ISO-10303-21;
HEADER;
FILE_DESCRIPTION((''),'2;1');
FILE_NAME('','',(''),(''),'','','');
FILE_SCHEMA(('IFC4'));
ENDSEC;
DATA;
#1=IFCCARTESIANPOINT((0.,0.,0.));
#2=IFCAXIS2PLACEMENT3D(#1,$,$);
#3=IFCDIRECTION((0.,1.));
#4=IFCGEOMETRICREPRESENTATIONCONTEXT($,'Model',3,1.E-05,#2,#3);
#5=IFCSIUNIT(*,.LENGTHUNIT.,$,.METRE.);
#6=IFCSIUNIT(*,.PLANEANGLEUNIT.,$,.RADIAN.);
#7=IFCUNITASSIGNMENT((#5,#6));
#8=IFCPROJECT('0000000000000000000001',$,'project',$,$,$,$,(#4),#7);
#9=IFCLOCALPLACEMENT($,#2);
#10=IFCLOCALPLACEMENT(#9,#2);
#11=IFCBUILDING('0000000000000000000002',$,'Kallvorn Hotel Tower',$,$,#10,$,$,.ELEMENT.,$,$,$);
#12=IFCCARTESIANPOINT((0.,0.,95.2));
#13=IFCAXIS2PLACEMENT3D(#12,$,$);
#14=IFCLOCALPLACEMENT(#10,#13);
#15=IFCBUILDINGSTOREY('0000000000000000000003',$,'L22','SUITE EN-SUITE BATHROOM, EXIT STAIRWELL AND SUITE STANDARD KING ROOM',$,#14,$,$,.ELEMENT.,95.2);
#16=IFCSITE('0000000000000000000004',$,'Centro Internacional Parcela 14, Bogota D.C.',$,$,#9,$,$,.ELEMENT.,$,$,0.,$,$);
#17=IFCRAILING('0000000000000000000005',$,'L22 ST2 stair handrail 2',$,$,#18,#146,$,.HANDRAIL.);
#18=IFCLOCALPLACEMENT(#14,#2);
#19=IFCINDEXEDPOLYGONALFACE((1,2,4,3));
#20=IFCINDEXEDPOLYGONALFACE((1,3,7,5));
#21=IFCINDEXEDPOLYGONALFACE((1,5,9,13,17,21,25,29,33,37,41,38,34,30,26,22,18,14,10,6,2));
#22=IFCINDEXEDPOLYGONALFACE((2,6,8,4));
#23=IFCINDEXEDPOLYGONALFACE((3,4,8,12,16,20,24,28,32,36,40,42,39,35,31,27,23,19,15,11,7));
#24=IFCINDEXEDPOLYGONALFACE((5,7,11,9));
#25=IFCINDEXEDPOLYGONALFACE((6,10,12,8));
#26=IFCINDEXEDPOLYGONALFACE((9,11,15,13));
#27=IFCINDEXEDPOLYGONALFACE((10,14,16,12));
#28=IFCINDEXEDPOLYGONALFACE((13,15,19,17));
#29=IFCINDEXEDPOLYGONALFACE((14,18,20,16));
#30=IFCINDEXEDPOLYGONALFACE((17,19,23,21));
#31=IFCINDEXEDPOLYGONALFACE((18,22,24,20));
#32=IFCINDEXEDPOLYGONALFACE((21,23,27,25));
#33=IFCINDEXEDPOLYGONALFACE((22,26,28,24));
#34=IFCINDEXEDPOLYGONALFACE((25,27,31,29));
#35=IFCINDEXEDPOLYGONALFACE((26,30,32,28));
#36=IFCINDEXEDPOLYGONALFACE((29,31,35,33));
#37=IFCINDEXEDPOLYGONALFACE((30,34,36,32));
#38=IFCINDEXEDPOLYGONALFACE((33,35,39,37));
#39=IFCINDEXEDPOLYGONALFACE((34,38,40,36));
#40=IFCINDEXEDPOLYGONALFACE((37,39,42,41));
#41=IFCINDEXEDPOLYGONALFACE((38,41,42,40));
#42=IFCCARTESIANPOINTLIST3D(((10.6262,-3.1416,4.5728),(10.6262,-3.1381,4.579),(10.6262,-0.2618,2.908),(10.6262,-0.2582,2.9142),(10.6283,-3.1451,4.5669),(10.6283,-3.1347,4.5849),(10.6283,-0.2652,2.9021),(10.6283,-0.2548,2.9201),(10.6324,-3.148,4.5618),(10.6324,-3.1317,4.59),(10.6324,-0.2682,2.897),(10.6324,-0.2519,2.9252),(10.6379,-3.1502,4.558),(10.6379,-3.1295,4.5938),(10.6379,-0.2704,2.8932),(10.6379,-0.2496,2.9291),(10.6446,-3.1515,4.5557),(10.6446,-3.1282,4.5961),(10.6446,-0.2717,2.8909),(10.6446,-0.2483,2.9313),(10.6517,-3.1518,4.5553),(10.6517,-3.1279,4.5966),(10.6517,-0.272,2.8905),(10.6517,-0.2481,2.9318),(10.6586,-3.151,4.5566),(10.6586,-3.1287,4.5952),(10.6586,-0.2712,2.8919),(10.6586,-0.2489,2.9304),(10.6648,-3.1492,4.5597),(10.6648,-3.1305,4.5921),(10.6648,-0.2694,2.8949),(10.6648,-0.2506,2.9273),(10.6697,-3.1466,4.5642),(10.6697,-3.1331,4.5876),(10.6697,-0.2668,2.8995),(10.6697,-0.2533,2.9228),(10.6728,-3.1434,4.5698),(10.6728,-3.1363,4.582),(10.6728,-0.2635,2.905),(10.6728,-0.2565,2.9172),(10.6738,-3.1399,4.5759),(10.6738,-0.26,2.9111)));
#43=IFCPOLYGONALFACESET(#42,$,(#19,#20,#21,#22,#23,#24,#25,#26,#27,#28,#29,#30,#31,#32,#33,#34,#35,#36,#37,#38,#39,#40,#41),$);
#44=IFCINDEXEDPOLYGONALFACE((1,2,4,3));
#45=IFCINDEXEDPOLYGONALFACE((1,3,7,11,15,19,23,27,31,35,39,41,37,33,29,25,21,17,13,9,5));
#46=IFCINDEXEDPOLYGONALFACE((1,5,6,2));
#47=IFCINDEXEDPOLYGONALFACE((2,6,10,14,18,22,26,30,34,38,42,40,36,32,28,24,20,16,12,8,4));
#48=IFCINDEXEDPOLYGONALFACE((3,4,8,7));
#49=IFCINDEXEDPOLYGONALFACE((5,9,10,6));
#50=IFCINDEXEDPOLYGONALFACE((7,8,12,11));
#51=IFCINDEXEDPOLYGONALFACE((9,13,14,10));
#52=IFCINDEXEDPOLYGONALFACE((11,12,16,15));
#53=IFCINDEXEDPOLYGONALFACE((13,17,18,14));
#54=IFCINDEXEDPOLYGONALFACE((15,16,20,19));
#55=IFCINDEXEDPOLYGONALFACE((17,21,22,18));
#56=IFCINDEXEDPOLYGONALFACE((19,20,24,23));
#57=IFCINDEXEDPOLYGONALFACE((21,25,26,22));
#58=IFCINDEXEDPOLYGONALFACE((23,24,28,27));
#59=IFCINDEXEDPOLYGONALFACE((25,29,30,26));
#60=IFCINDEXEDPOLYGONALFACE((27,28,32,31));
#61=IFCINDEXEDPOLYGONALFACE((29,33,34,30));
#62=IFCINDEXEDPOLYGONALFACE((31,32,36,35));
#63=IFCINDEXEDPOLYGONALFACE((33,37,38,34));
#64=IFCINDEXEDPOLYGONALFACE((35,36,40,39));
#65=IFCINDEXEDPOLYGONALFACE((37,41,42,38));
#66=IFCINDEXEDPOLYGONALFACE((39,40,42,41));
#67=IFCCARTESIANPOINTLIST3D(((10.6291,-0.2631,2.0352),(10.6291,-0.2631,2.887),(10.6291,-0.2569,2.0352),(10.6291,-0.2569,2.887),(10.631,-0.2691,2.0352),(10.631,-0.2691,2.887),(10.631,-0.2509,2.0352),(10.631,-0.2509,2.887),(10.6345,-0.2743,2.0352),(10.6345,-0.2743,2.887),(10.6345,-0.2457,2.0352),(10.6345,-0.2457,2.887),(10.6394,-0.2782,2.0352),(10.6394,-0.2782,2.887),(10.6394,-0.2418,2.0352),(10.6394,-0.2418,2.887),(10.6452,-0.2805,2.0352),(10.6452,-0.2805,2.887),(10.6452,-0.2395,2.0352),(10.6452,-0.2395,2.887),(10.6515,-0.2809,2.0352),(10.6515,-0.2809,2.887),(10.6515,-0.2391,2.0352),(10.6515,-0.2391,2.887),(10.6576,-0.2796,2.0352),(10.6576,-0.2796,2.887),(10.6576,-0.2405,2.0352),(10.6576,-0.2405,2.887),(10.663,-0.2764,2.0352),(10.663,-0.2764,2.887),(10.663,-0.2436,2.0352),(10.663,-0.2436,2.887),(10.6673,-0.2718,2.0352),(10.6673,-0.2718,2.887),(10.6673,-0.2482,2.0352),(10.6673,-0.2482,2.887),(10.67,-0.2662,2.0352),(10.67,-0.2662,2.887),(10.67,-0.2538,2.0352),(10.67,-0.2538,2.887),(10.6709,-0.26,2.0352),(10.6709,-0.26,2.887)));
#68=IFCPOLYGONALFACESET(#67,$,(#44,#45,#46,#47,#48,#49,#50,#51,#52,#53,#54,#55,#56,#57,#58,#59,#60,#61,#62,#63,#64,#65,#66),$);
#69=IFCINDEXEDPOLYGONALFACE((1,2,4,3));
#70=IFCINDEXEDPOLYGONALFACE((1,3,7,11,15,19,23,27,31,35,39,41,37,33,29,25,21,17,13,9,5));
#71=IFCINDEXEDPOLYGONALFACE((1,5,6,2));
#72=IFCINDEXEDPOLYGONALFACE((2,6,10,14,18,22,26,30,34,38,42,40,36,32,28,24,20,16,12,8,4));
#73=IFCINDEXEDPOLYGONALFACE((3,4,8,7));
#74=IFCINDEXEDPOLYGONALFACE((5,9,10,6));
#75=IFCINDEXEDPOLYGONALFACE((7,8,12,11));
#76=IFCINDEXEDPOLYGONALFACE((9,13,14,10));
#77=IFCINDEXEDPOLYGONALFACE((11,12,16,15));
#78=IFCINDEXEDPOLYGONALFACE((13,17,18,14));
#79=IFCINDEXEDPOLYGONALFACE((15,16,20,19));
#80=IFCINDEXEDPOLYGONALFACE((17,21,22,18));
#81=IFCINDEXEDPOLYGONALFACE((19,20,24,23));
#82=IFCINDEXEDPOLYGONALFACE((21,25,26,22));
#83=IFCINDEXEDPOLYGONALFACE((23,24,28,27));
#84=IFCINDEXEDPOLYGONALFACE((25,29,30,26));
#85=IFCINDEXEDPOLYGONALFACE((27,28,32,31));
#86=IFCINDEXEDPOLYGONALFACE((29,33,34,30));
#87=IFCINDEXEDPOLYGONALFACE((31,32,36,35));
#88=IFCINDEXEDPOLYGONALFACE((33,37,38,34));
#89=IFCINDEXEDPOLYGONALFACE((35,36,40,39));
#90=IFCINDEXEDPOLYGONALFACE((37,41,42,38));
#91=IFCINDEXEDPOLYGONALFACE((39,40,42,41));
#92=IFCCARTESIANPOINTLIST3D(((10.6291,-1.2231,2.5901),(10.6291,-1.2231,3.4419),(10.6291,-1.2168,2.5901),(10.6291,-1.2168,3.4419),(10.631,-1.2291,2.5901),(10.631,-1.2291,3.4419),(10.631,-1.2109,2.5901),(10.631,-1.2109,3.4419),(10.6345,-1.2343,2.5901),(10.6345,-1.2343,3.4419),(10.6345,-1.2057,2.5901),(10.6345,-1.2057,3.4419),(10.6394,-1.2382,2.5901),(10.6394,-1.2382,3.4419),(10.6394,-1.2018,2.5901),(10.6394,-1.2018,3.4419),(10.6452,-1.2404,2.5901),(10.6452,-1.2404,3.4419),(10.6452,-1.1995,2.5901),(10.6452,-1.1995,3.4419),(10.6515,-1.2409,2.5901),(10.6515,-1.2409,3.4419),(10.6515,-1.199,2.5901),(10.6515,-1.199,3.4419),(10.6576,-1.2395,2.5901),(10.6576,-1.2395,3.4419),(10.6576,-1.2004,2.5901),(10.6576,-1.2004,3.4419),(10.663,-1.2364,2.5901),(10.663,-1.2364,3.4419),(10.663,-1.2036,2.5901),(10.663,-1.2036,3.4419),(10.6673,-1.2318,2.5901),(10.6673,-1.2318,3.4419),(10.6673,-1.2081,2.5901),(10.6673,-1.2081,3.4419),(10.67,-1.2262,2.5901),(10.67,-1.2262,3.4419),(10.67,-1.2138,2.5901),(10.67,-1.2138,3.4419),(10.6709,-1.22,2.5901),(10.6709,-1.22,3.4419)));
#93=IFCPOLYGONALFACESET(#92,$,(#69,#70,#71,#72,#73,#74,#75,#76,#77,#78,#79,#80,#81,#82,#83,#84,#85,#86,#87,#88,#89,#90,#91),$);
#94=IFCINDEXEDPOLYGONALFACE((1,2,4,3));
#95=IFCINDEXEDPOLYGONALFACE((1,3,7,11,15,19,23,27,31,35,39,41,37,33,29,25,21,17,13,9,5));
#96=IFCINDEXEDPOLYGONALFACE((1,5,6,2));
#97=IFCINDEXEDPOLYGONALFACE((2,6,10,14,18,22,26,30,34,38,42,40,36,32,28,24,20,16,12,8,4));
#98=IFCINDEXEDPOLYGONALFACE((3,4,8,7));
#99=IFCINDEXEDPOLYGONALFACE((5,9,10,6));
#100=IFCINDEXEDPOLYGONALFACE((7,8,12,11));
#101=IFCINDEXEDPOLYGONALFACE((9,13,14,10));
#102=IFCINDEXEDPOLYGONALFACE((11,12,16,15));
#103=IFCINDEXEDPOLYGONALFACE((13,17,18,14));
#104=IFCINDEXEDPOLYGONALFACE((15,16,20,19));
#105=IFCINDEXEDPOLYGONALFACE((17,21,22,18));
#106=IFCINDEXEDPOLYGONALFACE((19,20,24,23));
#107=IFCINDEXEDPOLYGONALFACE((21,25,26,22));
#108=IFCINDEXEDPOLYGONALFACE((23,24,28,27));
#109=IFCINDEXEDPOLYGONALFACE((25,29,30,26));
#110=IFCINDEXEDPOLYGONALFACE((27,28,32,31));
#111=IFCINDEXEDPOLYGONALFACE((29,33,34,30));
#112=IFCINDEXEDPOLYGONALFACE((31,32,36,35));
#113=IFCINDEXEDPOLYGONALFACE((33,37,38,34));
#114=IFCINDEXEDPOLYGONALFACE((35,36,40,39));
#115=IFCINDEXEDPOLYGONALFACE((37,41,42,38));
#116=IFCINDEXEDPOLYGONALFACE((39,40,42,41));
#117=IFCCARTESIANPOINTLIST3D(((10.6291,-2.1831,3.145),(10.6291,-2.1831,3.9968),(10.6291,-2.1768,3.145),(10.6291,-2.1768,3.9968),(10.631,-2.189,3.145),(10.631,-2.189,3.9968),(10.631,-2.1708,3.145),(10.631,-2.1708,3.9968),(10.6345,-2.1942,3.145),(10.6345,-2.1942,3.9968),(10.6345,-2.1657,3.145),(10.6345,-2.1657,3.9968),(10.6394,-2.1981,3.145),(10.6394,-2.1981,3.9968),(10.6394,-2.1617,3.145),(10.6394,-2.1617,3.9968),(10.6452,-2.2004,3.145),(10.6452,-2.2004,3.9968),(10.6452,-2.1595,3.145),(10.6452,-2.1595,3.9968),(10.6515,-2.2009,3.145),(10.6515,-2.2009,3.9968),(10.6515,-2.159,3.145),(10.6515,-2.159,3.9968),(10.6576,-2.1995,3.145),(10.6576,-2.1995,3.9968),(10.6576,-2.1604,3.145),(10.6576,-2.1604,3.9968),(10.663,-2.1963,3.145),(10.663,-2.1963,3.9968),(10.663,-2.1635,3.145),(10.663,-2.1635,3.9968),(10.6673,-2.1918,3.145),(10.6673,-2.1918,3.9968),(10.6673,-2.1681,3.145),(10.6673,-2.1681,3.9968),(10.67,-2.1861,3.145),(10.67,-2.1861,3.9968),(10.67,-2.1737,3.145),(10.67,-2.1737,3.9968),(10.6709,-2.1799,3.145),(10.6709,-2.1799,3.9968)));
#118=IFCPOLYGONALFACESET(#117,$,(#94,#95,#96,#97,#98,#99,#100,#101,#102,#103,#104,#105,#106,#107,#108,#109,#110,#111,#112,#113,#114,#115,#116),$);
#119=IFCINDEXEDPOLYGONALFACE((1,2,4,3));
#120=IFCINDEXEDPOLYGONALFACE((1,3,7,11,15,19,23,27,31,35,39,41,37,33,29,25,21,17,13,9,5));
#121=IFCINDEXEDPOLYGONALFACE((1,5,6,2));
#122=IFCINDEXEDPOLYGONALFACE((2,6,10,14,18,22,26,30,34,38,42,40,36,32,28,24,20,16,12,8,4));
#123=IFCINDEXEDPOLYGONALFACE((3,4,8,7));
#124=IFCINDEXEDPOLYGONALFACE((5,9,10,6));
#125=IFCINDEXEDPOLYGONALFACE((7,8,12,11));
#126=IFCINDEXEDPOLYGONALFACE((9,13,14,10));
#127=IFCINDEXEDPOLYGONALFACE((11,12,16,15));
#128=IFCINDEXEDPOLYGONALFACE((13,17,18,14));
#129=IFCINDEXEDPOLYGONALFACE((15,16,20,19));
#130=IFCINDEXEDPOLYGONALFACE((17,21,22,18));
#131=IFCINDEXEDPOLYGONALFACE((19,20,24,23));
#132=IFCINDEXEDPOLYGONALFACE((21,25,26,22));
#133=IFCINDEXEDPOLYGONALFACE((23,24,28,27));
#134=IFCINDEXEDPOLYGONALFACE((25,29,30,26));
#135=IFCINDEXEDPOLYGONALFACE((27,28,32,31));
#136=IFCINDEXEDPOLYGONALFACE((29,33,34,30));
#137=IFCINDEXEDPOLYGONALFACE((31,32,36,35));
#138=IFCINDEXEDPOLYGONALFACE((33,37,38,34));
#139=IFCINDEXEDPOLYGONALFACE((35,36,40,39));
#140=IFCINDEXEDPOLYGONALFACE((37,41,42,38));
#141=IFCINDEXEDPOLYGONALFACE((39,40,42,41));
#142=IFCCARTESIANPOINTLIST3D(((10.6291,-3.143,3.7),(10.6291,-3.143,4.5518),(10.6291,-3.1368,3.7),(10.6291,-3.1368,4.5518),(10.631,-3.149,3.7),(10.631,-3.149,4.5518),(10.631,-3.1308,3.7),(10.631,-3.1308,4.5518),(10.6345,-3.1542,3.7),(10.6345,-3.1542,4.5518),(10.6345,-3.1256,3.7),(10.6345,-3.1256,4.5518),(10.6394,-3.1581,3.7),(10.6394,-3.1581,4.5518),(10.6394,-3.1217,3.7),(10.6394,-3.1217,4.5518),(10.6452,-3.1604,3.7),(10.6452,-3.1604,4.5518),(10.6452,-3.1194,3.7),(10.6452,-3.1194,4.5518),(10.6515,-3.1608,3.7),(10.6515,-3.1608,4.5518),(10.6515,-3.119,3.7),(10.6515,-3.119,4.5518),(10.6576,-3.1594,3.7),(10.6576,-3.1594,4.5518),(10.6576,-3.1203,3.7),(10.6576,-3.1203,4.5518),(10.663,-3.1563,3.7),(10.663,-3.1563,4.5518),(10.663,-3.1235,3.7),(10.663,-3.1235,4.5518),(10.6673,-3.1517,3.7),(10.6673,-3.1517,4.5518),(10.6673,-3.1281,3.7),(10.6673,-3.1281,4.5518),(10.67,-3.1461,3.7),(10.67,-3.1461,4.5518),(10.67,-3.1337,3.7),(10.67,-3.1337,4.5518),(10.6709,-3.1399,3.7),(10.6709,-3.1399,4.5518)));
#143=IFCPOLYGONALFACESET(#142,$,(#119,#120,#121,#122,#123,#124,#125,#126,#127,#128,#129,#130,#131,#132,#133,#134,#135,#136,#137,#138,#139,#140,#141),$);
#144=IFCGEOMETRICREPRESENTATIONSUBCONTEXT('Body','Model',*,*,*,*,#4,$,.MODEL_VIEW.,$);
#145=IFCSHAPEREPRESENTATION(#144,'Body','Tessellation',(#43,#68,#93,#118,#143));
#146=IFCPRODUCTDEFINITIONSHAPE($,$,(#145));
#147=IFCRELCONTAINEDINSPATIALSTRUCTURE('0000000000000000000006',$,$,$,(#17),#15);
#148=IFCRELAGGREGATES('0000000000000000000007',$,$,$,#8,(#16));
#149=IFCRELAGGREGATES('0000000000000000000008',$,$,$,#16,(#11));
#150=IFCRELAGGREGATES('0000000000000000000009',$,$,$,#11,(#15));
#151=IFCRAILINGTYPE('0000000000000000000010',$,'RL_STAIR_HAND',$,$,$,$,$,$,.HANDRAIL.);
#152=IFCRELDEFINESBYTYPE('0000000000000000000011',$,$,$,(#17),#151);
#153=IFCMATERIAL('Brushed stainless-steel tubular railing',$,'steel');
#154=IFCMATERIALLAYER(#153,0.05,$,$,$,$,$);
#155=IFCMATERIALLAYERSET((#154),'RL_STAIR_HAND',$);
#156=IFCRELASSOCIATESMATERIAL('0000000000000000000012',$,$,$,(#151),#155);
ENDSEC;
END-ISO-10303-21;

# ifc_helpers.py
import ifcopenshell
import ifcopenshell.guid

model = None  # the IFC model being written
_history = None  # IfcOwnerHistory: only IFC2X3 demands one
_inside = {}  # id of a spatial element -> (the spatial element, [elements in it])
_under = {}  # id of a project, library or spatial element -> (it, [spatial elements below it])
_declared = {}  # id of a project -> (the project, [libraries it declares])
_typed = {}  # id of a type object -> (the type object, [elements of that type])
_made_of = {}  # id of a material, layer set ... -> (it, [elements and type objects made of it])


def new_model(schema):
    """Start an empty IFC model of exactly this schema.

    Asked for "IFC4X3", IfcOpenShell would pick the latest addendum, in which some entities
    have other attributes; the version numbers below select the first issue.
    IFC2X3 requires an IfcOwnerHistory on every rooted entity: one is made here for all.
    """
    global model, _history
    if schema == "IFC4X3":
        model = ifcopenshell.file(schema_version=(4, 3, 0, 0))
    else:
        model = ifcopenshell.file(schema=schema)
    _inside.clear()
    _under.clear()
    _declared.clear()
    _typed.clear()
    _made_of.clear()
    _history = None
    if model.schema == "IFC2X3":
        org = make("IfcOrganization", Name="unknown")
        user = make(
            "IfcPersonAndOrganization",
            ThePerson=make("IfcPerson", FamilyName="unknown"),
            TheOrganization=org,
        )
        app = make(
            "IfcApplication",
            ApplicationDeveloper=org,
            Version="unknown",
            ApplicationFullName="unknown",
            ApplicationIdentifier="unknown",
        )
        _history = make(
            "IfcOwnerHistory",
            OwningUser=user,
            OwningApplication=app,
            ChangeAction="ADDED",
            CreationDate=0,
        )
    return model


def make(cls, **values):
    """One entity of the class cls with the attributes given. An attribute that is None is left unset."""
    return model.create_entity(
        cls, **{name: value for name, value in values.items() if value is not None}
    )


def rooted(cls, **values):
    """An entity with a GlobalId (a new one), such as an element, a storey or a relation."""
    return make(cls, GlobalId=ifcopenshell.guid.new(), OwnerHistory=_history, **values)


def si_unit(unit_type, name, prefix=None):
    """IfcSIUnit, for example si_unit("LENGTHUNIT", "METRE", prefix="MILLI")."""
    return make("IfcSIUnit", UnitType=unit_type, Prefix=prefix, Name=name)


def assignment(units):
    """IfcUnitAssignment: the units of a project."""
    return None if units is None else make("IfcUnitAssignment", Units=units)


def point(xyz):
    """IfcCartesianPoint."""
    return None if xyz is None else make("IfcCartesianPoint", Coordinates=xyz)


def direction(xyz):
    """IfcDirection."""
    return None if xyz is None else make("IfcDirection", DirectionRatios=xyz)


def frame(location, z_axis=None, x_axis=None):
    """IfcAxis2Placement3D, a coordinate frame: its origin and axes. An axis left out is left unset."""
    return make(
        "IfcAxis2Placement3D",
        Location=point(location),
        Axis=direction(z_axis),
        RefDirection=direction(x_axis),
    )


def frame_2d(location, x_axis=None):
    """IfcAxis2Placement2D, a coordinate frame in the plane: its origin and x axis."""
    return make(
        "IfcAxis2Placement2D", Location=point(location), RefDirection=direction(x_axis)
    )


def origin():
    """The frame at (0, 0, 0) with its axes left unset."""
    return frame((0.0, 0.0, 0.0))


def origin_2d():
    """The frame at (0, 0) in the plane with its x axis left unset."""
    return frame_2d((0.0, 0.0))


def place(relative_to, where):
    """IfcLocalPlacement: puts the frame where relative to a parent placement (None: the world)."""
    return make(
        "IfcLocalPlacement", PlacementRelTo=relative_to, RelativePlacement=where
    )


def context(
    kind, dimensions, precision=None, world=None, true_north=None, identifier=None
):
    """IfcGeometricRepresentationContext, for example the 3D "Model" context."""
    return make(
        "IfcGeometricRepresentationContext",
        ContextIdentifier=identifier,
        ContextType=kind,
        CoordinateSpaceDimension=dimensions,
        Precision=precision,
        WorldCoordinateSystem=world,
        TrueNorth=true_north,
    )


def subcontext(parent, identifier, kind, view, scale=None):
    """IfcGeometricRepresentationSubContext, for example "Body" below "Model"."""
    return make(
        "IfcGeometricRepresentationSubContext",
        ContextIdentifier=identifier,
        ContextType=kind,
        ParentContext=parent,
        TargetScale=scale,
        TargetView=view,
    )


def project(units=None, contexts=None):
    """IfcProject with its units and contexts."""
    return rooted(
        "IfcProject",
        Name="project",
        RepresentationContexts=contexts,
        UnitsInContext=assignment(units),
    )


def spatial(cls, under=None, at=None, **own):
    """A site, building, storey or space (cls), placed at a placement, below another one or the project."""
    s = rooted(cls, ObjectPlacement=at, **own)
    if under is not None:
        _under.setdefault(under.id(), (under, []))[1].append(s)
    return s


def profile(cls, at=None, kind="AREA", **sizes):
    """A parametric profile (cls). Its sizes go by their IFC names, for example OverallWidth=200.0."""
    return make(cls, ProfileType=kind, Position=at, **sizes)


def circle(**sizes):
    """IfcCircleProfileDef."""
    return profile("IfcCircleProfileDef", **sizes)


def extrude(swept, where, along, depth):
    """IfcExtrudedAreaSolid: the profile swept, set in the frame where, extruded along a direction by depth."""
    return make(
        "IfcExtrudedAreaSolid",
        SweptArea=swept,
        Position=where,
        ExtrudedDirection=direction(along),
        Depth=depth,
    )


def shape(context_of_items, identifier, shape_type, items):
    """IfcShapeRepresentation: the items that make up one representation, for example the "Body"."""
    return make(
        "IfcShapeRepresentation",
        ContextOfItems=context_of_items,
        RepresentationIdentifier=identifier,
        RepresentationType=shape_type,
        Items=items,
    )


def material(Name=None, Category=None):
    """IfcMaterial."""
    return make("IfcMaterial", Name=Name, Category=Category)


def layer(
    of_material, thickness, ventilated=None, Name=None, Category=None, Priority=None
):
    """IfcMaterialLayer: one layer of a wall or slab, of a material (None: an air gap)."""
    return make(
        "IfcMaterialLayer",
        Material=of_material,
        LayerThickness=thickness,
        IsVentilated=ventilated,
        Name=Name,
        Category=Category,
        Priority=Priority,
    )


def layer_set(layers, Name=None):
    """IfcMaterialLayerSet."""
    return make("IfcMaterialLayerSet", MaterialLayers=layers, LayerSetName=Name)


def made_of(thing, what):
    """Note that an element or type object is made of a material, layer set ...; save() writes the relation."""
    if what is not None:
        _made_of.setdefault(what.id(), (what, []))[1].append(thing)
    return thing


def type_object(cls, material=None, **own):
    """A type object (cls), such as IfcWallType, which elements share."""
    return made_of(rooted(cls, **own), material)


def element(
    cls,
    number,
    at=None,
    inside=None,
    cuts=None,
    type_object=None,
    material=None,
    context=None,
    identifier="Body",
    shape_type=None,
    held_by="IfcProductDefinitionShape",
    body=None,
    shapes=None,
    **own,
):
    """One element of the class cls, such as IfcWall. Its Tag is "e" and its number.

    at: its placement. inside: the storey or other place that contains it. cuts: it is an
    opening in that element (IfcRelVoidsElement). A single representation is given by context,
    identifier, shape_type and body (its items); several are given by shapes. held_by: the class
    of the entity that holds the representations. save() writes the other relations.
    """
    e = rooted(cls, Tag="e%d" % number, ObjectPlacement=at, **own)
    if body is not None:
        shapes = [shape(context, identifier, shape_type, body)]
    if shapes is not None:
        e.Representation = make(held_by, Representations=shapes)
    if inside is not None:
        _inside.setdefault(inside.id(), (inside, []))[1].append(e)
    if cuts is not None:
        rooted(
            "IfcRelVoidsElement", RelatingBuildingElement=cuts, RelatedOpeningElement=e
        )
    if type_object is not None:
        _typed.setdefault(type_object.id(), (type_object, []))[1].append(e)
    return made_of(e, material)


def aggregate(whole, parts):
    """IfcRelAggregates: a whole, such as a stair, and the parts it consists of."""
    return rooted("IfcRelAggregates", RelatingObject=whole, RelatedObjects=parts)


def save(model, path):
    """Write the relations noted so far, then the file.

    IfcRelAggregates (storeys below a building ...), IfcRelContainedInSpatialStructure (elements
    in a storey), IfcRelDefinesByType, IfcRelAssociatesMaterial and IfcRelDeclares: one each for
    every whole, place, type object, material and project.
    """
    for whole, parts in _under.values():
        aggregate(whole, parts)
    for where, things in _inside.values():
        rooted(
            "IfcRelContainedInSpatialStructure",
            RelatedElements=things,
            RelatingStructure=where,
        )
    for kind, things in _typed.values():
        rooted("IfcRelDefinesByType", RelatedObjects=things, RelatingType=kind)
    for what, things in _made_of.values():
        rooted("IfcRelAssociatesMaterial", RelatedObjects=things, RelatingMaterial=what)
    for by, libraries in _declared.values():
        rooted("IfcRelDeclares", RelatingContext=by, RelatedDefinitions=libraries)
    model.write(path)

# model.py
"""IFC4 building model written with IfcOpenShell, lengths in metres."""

from ifc_helpers import new_model, si_unit, direction, frame, origin, origin_2d, place, context, subcontext, project, spatial, circle, extrude, material, layer, layer_set, type_object, element, save


model = new_model("IFC4")

# Units and contexts
model_context = context("Model", 3, precision=1e-05, world=origin(), true_north=direction((0.0, 1.0)))
body_context = subcontext(model_context, "Body", "Model", "MODEL_VIEW")
ifc_project = project(units=[si_unit("LENGTHUNIT", "METRE"), si_unit("PLANEANGLEUNIT", "RADIAN")], contexts=[model_context])

# Site, building, storey
site_placement = place(None, origin())
site = spatial("IfcSite", under=ifc_project, at=site_placement, Name="Centro Internacional Parcela 14, Bogota D.C.", CompositionType="ELEMENT", RefElevation=0.0)
building_placement = place(site_placement, origin())
building = spatial("IfcBuilding", under=site, at=building_placement, Name="Kallvorn Hotel Tower", CompositionType="ELEMENT")
storey_placement = place(building_placement, frame((0.0, 0.0, 95.2)))
storey = spatial("IfcBuildingStorey", under=building, at=storey_placement, Name="L22", Description="SUITE EN-SUITE BATHROOM, EXIT STAIRWELL AND SUITE STANDARD KING ROOM", CompositionType="ELEMENT", Elevation=95.2)

# Railing
ifc_material_1 = material(Name="Brushed stainless-steel tubular railing", Category="steel")
ifc_layer_1 = layer(ifc_material_1, 0.05)
ifc_layer_set_1 = layer_set([ifc_layer_1], Name="RL_STAIR_HAND")
railing_type_1 = type_object("IfcRailingType", Name="RL_STAIR_HAND", PredefinedType="HANDRAIL", material=ifc_layer_set_1)
railing_1_placement = place(storey_placement, frame((10.6499, -0.26, 2.0352)))
element("IfcRailing", 1, at=railing_1_placement, inside=storey, type_object=railing_type_1, Name="L22 ST2 stair handrail 2", PredefinedType="HANDRAIL", context=body_context, shape_type="SweptSolid", body=[
    extrude(circle(Radius=0.0239, at=origin_2d()), frame((0.0, 0.0, 0.876), z_axis=(0.0, -0.865753, 0.500472), x_axis=(1.0, 0.0, 0.0)), (0.0, 0.0, 1.0), 3.3264),
    extrude(circle(Radius=0.021, at=origin_2d()), origin(), (0.0, 0.0, 1.0), 0.8518),
    extrude(circle(Radius=0.021, at=origin_2d()), frame((0.0, -0.96, 0.5549)), (0.0, 0.0, 1.0), 0.8518),
    extrude(circle(Radius=0.021, at=origin_2d()), frame((0.0, -1.9199, 1.1099)), (0.0, 0.0, 1.0), 0.8518),
    extrude(circle(Radius=0.021, at=origin_2d()), frame((0.0, -2.8799, 1.6648)), (0.0, 0.0, 1.0), 0.8518),
])

save(model, "model.ifc")
